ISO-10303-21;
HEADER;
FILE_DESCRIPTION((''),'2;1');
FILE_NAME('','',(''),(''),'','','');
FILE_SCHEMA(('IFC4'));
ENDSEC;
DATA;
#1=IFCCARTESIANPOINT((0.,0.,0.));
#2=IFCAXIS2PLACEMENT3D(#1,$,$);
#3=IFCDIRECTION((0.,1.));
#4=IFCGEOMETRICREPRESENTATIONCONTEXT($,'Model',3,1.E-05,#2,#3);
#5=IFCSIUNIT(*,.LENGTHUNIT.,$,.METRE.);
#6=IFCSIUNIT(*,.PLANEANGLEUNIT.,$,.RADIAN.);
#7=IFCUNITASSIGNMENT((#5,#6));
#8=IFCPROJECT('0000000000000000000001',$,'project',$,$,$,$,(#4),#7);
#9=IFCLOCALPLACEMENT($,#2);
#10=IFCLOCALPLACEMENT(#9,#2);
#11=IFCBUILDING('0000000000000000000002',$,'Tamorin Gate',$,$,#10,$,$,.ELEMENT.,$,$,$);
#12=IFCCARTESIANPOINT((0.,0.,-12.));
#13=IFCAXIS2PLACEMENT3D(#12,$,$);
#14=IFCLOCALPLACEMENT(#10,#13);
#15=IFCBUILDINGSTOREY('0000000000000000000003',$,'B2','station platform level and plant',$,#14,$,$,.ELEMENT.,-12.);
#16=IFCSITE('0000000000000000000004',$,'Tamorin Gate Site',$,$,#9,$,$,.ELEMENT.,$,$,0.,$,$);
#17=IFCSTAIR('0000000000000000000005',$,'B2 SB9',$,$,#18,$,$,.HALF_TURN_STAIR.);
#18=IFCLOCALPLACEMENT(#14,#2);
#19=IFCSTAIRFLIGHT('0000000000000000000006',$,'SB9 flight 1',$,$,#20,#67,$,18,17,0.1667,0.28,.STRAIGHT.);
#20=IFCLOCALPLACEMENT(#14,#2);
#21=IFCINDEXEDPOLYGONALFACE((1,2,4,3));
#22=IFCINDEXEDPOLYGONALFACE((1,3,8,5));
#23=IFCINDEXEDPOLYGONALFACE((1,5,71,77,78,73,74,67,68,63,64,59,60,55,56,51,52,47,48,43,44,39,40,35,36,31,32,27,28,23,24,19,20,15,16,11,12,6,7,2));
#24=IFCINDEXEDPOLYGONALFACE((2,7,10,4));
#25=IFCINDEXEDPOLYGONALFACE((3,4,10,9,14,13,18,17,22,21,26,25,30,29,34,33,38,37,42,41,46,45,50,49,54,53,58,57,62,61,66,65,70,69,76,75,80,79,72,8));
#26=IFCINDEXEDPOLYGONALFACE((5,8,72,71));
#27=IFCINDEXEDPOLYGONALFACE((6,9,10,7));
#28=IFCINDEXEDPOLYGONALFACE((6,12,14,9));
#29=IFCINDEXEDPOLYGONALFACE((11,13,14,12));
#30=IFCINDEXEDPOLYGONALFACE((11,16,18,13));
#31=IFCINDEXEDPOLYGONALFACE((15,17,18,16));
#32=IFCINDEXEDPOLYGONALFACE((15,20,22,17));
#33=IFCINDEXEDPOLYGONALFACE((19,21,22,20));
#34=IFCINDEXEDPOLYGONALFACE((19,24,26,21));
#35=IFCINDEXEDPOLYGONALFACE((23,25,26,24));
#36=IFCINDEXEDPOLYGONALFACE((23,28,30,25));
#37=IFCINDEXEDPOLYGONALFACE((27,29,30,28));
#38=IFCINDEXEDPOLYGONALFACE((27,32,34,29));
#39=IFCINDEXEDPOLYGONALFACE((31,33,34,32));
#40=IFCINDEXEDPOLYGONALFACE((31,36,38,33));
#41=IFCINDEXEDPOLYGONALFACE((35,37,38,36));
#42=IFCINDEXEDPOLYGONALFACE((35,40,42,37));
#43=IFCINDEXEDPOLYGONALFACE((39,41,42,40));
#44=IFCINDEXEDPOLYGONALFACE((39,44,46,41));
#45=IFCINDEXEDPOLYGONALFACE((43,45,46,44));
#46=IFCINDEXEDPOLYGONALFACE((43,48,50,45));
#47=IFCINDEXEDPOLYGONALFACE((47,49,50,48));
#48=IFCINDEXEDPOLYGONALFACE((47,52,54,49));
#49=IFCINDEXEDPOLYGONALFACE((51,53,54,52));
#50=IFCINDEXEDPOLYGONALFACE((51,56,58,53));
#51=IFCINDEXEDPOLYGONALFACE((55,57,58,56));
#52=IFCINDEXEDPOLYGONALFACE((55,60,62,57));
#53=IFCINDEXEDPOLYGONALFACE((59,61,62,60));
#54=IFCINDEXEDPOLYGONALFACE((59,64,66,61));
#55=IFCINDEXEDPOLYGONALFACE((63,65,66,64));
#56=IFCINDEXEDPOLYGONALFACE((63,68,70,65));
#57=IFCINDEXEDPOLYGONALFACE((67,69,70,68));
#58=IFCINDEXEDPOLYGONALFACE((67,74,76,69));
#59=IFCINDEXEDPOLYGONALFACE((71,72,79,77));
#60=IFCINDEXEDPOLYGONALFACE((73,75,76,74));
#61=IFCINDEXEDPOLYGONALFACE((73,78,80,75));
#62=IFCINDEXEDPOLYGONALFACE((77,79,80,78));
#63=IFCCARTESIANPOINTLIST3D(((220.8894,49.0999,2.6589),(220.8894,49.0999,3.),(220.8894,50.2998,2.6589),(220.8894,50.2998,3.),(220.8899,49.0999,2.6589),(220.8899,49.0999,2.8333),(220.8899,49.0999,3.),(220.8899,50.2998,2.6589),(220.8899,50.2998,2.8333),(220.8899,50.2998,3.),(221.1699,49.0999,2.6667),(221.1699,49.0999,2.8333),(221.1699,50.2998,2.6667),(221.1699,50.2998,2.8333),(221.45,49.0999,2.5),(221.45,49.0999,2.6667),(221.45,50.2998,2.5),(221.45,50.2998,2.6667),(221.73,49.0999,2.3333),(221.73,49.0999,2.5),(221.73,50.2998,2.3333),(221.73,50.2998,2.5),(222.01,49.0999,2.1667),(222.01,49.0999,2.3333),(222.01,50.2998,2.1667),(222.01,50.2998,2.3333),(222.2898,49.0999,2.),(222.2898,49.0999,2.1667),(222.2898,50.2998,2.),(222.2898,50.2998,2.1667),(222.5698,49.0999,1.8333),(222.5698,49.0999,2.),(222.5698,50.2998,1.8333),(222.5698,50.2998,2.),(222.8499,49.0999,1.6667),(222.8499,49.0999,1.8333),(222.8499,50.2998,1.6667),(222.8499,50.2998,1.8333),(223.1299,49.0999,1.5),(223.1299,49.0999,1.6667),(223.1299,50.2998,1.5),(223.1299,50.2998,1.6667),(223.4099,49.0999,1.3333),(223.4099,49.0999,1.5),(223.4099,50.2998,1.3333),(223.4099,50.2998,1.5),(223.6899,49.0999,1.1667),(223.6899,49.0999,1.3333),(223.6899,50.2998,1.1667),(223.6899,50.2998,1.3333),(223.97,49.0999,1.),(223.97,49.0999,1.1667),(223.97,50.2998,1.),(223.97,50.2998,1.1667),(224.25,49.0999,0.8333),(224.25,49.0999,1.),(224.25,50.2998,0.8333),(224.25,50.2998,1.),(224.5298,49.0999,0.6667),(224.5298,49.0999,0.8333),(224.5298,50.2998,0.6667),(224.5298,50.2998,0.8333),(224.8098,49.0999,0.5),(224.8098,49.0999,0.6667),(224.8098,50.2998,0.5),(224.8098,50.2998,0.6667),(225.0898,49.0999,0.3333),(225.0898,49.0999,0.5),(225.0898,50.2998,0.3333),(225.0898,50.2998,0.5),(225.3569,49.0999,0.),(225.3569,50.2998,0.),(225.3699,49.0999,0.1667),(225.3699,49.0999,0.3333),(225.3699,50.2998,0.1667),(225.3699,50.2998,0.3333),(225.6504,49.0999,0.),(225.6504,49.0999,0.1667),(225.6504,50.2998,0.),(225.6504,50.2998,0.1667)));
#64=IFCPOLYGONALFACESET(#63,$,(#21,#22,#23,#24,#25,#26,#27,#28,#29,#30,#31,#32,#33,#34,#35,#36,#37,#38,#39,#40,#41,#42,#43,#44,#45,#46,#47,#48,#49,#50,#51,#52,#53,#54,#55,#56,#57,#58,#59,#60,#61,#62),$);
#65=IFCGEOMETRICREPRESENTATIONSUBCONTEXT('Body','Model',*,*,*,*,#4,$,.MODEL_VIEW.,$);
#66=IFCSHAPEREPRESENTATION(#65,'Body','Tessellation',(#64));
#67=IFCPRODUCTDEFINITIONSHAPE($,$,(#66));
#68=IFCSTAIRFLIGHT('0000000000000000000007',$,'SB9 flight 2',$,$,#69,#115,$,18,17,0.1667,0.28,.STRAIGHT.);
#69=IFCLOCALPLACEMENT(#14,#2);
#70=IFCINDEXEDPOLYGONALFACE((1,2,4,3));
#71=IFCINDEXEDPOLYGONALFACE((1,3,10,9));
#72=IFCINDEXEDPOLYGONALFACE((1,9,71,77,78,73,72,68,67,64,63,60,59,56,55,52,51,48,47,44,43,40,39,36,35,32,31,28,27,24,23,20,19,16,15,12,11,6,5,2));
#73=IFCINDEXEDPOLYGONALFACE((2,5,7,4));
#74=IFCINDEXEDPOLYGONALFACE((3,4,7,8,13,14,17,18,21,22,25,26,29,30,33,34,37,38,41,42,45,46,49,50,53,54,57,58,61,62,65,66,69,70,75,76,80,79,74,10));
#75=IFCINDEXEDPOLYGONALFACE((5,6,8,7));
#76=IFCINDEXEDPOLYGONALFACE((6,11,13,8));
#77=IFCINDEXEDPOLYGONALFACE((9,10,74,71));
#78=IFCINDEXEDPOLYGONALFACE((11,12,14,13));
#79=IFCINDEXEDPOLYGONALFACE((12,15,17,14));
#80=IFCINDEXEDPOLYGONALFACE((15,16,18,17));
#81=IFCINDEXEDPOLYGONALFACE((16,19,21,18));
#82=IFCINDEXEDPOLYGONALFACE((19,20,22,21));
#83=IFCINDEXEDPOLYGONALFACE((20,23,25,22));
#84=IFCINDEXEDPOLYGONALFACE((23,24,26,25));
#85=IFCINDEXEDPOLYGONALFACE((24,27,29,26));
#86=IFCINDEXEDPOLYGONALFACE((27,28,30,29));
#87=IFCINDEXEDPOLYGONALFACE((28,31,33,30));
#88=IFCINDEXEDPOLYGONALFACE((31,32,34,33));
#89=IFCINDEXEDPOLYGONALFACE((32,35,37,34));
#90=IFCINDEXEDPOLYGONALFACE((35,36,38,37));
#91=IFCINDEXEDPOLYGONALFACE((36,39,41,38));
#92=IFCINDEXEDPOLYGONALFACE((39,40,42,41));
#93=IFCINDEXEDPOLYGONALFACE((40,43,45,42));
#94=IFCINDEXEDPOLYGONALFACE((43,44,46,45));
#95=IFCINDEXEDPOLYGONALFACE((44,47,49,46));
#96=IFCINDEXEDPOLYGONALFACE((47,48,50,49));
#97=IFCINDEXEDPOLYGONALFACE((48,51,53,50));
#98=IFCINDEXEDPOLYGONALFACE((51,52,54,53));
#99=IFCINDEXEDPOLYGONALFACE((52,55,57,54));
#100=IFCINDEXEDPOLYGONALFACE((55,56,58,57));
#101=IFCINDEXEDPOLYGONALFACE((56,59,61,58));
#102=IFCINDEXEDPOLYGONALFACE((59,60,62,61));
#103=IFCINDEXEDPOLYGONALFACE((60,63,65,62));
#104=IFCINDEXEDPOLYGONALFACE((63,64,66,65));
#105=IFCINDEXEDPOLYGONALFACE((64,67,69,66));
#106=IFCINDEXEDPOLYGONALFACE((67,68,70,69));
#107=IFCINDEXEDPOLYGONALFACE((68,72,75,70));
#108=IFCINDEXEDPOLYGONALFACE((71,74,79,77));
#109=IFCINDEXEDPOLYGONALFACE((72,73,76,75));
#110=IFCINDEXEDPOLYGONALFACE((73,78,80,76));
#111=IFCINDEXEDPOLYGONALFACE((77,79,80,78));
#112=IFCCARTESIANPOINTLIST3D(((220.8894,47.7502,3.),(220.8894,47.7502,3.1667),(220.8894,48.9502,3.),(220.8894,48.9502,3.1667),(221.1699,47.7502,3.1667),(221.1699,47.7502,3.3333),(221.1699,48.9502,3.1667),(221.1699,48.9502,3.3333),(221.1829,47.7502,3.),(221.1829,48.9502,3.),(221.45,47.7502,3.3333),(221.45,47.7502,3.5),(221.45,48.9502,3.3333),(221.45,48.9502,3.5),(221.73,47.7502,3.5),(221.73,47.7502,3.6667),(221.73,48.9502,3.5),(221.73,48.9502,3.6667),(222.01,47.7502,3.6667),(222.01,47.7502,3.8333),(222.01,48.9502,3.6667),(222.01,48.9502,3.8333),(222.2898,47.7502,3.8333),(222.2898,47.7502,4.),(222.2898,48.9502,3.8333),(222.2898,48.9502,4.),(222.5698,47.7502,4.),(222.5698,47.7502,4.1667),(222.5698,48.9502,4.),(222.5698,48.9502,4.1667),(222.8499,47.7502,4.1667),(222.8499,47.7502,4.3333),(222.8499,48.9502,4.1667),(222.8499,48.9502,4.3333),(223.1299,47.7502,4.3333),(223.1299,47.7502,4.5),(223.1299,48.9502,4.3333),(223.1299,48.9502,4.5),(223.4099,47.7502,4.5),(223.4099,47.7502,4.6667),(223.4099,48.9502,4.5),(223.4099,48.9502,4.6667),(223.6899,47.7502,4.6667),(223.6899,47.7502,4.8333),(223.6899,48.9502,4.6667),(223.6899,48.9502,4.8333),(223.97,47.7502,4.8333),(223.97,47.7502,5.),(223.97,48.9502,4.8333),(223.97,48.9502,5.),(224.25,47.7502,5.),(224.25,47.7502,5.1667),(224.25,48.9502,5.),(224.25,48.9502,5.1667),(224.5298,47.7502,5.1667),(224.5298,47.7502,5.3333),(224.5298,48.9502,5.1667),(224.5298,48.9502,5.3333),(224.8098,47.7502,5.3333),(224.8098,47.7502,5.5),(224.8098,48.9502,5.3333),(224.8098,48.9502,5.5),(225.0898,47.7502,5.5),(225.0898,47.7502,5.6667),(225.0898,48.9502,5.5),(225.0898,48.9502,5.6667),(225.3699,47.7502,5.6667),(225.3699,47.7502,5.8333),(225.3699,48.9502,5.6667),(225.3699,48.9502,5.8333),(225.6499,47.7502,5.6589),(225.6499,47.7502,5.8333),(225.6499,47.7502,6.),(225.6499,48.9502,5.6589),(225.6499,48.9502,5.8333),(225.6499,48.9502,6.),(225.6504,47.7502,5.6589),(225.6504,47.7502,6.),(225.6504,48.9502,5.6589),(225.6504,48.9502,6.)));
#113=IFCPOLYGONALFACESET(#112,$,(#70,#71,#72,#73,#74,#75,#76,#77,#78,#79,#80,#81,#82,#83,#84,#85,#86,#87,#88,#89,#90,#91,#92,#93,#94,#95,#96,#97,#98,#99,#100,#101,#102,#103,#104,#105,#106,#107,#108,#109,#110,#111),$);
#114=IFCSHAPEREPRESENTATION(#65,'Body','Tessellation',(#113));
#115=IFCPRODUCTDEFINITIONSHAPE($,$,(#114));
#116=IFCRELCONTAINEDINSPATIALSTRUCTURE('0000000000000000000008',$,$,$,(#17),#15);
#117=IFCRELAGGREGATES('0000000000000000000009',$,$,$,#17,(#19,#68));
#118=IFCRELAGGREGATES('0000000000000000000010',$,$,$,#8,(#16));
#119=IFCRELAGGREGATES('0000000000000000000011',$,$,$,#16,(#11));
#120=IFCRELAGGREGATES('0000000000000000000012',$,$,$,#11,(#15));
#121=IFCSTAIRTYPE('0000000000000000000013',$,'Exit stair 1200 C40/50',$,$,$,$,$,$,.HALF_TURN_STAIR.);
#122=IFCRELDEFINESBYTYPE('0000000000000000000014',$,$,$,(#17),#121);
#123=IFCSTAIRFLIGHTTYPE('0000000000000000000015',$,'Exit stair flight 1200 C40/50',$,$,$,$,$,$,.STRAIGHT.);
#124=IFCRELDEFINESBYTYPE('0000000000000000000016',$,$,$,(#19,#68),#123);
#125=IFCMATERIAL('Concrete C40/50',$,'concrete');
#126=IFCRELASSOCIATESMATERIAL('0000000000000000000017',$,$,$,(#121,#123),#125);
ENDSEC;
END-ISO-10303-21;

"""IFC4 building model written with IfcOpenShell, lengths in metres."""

from ifc_helpers import new_model, si_unit, direction, frame, origin, place, context, subcontext, project, spatial, polyline, outline, extrude, material, type_object, element, aggregate, save


model = new_model("IFC4")

# Units and contexts
model_context = context("Model", 3, precision=1e-05, world=origin(), true_north=direction((0.0, 1.0)))
body_context = subcontext(model_context, "Body", "Model", "MODEL_VIEW")
ifc_project = project(units=[si_unit("LENGTHUNIT", "METRE"), si_unit("PLANEANGLEUNIT", "RADIAN")], contexts=[model_context])

# Site, building, storey
site_placement = place(None, origin())
site = spatial("IfcSite", under=ifc_project, at=site_placement, Name="Tamorin Gate Site", CompositionType="ELEMENT", RefElevation=0.0)
building_placement = place(site_placement, origin())
building = spatial("IfcBuilding", under=site, at=building_placement, Name="Tamorin Gate", CompositionType="ELEMENT")
storey_placement = place(building_placement, frame((0.0, 0.0, -12.0)))
storey = spatial("IfcBuildingStorey", under=building, at=storey_placement, Name="B2", Description="station platform level and plant", CompositionType="ELEMENT", Elevation=-12.0)

# Shared definitions
ifc_material_1 = material(Name="Concrete C40/50", Category="concrete")

# Stair, stair flights
stair_type = type_object("IfcStairType", Name="Exit stair 1200 C40/50", PredefinedType="HALF_TURN_STAIR", material=ifc_material_1)
stair_placement = place(storey_placement, origin())
stair = element("IfcStair", 1, at=stair_placement, inside=storey, type_object=stair_type, Name="B2 SB9", PredefinedType="HALF_TURN_STAIR")
stair_flight_type = type_object("IfcStairFlightType", Name="Exit stair flight 1200 C40/50", PredefinedType="STRAIGHT", material=ifc_material_1)
stair_flight_1_placement = place(storey_placement, frame((225.6499, 49.7, 0.0), z_axis=(0.0, 0.0, 1.0), x_axis=(-1.0, 0.0, 0.0)))
stair_flight_1 = element("IfcStairFlight", 2, at=stair_flight_1_placement, type_object=stair_flight_type, Name="SB9 flight 1", NumberOfRisers=18, NumberOfTreads=17, PredefinedType="STRAIGHT", RiserHeight=0.1667, TreadLength=0.28, context=body_context, shape_type="SweptSolid", body=[
    extrude(outline(polyline([(-0.0005, 0.0), (-0.0005, 0.1667), (0.28, 0.1667), (0.28, 0.3333), (0.5601, 0.3333), (0.5601, 0.5), (0.8401, 0.5), (0.8401, 0.6667), (1.1201, 0.6667), (1.1201, 0.8333), (1.3999, 0.8333), (1.3999, 1.0), (1.6799, 1.0), (1.6799, 1.1667), (1.96, 1.1667), (1.96, 1.3333), (2.24, 1.3333), (2.24, 1.5), (2.52, 1.5), (2.52, 1.6667), (2.8, 1.6667), (2.8, 1.8333), (3.0801, 1.8333), (3.0801, 2.0), (3.3601, 2.0), (3.3601, 2.1667), (3.6399, 2.1667), (3.6399, 2.3333), (3.9199, 2.3333), (3.9199, 2.5), (4.2, 2.5), (4.2, 2.6667), (4.48, 2.6667), (4.48, 2.8333), (4.76, 2.8333), (4.76, 3.0), (4.7605, 3.0), (4.7605, 2.6589), (4.76, 2.6589), (0.293, 0.0), (-0.0005, 0.0)])), frame((0.0, 0.6001, 0.0), z_axis=(0.0, -1.0, 0.0), x_axis=(1.0, 0.0, 0.0)), (0.0, 0.0, 1.0), 1.2),
])
stair_flight_2_placement = place(storey_placement, frame((220.8899, 48.3501, 3.0), z_axis=(0.0, 0.0, 1.0), x_axis=(1.0, 0.0, 0.0)))
stair_flight_2 = element("IfcStairFlight", 3, at=stair_flight_2_placement, type_object=stair_flight_type, Name="SB9 flight 2", NumberOfRisers=18, NumberOfTreads=17, PredefinedType="STRAIGHT", RiserHeight=0.1667, TreadLength=0.28, context=body_context, shape_type="SweptSolid", body=[
    extrude(outline(polyline([(-0.0005, 0.0), (-0.0005, 0.1667), (0.28, 0.1667), (0.28, 0.3333), (0.5601, 0.3333), (0.5601, 0.5), (0.8401, 0.5), (0.8401, 0.6667), (1.1201, 0.6667), (1.1201, 0.8333), (1.3999, 0.8333), (1.3999, 1.0), (1.6799, 1.0), (1.6799, 1.1667), (1.96, 1.1667), (1.96, 1.3333), (2.24, 1.3333), (2.24, 1.5), (2.52, 1.5), (2.52, 1.6667), (2.8, 1.6667), (2.8, 1.8333), (3.0801, 1.8333), (3.0801, 2.0), (3.3601, 2.0), (3.3601, 2.1667), (3.6399, 2.1667), (3.6399, 2.3333), (3.9199, 2.3333), (3.9199, 2.5), (4.2, 2.5), (4.2, 2.6667), (4.48, 2.6667), (4.48, 2.8333), (4.76, 2.8333), (4.76, 3.0), (4.7605, 3.0), (4.7605, 2.6589), (4.76, 2.6589), (0.293, 0.0), (-0.0005, 0.0)])), frame((0.0, 0.6001, 0.0), z_axis=(0.0, -1.0, 0.0), x_axis=(1.0, 0.0, 0.0)), (0.0, 0.0, 1.0), 1.2),
])
aggregate(stair, [stair_flight_1, stair_flight_2])

save(model, "model.ifc")
